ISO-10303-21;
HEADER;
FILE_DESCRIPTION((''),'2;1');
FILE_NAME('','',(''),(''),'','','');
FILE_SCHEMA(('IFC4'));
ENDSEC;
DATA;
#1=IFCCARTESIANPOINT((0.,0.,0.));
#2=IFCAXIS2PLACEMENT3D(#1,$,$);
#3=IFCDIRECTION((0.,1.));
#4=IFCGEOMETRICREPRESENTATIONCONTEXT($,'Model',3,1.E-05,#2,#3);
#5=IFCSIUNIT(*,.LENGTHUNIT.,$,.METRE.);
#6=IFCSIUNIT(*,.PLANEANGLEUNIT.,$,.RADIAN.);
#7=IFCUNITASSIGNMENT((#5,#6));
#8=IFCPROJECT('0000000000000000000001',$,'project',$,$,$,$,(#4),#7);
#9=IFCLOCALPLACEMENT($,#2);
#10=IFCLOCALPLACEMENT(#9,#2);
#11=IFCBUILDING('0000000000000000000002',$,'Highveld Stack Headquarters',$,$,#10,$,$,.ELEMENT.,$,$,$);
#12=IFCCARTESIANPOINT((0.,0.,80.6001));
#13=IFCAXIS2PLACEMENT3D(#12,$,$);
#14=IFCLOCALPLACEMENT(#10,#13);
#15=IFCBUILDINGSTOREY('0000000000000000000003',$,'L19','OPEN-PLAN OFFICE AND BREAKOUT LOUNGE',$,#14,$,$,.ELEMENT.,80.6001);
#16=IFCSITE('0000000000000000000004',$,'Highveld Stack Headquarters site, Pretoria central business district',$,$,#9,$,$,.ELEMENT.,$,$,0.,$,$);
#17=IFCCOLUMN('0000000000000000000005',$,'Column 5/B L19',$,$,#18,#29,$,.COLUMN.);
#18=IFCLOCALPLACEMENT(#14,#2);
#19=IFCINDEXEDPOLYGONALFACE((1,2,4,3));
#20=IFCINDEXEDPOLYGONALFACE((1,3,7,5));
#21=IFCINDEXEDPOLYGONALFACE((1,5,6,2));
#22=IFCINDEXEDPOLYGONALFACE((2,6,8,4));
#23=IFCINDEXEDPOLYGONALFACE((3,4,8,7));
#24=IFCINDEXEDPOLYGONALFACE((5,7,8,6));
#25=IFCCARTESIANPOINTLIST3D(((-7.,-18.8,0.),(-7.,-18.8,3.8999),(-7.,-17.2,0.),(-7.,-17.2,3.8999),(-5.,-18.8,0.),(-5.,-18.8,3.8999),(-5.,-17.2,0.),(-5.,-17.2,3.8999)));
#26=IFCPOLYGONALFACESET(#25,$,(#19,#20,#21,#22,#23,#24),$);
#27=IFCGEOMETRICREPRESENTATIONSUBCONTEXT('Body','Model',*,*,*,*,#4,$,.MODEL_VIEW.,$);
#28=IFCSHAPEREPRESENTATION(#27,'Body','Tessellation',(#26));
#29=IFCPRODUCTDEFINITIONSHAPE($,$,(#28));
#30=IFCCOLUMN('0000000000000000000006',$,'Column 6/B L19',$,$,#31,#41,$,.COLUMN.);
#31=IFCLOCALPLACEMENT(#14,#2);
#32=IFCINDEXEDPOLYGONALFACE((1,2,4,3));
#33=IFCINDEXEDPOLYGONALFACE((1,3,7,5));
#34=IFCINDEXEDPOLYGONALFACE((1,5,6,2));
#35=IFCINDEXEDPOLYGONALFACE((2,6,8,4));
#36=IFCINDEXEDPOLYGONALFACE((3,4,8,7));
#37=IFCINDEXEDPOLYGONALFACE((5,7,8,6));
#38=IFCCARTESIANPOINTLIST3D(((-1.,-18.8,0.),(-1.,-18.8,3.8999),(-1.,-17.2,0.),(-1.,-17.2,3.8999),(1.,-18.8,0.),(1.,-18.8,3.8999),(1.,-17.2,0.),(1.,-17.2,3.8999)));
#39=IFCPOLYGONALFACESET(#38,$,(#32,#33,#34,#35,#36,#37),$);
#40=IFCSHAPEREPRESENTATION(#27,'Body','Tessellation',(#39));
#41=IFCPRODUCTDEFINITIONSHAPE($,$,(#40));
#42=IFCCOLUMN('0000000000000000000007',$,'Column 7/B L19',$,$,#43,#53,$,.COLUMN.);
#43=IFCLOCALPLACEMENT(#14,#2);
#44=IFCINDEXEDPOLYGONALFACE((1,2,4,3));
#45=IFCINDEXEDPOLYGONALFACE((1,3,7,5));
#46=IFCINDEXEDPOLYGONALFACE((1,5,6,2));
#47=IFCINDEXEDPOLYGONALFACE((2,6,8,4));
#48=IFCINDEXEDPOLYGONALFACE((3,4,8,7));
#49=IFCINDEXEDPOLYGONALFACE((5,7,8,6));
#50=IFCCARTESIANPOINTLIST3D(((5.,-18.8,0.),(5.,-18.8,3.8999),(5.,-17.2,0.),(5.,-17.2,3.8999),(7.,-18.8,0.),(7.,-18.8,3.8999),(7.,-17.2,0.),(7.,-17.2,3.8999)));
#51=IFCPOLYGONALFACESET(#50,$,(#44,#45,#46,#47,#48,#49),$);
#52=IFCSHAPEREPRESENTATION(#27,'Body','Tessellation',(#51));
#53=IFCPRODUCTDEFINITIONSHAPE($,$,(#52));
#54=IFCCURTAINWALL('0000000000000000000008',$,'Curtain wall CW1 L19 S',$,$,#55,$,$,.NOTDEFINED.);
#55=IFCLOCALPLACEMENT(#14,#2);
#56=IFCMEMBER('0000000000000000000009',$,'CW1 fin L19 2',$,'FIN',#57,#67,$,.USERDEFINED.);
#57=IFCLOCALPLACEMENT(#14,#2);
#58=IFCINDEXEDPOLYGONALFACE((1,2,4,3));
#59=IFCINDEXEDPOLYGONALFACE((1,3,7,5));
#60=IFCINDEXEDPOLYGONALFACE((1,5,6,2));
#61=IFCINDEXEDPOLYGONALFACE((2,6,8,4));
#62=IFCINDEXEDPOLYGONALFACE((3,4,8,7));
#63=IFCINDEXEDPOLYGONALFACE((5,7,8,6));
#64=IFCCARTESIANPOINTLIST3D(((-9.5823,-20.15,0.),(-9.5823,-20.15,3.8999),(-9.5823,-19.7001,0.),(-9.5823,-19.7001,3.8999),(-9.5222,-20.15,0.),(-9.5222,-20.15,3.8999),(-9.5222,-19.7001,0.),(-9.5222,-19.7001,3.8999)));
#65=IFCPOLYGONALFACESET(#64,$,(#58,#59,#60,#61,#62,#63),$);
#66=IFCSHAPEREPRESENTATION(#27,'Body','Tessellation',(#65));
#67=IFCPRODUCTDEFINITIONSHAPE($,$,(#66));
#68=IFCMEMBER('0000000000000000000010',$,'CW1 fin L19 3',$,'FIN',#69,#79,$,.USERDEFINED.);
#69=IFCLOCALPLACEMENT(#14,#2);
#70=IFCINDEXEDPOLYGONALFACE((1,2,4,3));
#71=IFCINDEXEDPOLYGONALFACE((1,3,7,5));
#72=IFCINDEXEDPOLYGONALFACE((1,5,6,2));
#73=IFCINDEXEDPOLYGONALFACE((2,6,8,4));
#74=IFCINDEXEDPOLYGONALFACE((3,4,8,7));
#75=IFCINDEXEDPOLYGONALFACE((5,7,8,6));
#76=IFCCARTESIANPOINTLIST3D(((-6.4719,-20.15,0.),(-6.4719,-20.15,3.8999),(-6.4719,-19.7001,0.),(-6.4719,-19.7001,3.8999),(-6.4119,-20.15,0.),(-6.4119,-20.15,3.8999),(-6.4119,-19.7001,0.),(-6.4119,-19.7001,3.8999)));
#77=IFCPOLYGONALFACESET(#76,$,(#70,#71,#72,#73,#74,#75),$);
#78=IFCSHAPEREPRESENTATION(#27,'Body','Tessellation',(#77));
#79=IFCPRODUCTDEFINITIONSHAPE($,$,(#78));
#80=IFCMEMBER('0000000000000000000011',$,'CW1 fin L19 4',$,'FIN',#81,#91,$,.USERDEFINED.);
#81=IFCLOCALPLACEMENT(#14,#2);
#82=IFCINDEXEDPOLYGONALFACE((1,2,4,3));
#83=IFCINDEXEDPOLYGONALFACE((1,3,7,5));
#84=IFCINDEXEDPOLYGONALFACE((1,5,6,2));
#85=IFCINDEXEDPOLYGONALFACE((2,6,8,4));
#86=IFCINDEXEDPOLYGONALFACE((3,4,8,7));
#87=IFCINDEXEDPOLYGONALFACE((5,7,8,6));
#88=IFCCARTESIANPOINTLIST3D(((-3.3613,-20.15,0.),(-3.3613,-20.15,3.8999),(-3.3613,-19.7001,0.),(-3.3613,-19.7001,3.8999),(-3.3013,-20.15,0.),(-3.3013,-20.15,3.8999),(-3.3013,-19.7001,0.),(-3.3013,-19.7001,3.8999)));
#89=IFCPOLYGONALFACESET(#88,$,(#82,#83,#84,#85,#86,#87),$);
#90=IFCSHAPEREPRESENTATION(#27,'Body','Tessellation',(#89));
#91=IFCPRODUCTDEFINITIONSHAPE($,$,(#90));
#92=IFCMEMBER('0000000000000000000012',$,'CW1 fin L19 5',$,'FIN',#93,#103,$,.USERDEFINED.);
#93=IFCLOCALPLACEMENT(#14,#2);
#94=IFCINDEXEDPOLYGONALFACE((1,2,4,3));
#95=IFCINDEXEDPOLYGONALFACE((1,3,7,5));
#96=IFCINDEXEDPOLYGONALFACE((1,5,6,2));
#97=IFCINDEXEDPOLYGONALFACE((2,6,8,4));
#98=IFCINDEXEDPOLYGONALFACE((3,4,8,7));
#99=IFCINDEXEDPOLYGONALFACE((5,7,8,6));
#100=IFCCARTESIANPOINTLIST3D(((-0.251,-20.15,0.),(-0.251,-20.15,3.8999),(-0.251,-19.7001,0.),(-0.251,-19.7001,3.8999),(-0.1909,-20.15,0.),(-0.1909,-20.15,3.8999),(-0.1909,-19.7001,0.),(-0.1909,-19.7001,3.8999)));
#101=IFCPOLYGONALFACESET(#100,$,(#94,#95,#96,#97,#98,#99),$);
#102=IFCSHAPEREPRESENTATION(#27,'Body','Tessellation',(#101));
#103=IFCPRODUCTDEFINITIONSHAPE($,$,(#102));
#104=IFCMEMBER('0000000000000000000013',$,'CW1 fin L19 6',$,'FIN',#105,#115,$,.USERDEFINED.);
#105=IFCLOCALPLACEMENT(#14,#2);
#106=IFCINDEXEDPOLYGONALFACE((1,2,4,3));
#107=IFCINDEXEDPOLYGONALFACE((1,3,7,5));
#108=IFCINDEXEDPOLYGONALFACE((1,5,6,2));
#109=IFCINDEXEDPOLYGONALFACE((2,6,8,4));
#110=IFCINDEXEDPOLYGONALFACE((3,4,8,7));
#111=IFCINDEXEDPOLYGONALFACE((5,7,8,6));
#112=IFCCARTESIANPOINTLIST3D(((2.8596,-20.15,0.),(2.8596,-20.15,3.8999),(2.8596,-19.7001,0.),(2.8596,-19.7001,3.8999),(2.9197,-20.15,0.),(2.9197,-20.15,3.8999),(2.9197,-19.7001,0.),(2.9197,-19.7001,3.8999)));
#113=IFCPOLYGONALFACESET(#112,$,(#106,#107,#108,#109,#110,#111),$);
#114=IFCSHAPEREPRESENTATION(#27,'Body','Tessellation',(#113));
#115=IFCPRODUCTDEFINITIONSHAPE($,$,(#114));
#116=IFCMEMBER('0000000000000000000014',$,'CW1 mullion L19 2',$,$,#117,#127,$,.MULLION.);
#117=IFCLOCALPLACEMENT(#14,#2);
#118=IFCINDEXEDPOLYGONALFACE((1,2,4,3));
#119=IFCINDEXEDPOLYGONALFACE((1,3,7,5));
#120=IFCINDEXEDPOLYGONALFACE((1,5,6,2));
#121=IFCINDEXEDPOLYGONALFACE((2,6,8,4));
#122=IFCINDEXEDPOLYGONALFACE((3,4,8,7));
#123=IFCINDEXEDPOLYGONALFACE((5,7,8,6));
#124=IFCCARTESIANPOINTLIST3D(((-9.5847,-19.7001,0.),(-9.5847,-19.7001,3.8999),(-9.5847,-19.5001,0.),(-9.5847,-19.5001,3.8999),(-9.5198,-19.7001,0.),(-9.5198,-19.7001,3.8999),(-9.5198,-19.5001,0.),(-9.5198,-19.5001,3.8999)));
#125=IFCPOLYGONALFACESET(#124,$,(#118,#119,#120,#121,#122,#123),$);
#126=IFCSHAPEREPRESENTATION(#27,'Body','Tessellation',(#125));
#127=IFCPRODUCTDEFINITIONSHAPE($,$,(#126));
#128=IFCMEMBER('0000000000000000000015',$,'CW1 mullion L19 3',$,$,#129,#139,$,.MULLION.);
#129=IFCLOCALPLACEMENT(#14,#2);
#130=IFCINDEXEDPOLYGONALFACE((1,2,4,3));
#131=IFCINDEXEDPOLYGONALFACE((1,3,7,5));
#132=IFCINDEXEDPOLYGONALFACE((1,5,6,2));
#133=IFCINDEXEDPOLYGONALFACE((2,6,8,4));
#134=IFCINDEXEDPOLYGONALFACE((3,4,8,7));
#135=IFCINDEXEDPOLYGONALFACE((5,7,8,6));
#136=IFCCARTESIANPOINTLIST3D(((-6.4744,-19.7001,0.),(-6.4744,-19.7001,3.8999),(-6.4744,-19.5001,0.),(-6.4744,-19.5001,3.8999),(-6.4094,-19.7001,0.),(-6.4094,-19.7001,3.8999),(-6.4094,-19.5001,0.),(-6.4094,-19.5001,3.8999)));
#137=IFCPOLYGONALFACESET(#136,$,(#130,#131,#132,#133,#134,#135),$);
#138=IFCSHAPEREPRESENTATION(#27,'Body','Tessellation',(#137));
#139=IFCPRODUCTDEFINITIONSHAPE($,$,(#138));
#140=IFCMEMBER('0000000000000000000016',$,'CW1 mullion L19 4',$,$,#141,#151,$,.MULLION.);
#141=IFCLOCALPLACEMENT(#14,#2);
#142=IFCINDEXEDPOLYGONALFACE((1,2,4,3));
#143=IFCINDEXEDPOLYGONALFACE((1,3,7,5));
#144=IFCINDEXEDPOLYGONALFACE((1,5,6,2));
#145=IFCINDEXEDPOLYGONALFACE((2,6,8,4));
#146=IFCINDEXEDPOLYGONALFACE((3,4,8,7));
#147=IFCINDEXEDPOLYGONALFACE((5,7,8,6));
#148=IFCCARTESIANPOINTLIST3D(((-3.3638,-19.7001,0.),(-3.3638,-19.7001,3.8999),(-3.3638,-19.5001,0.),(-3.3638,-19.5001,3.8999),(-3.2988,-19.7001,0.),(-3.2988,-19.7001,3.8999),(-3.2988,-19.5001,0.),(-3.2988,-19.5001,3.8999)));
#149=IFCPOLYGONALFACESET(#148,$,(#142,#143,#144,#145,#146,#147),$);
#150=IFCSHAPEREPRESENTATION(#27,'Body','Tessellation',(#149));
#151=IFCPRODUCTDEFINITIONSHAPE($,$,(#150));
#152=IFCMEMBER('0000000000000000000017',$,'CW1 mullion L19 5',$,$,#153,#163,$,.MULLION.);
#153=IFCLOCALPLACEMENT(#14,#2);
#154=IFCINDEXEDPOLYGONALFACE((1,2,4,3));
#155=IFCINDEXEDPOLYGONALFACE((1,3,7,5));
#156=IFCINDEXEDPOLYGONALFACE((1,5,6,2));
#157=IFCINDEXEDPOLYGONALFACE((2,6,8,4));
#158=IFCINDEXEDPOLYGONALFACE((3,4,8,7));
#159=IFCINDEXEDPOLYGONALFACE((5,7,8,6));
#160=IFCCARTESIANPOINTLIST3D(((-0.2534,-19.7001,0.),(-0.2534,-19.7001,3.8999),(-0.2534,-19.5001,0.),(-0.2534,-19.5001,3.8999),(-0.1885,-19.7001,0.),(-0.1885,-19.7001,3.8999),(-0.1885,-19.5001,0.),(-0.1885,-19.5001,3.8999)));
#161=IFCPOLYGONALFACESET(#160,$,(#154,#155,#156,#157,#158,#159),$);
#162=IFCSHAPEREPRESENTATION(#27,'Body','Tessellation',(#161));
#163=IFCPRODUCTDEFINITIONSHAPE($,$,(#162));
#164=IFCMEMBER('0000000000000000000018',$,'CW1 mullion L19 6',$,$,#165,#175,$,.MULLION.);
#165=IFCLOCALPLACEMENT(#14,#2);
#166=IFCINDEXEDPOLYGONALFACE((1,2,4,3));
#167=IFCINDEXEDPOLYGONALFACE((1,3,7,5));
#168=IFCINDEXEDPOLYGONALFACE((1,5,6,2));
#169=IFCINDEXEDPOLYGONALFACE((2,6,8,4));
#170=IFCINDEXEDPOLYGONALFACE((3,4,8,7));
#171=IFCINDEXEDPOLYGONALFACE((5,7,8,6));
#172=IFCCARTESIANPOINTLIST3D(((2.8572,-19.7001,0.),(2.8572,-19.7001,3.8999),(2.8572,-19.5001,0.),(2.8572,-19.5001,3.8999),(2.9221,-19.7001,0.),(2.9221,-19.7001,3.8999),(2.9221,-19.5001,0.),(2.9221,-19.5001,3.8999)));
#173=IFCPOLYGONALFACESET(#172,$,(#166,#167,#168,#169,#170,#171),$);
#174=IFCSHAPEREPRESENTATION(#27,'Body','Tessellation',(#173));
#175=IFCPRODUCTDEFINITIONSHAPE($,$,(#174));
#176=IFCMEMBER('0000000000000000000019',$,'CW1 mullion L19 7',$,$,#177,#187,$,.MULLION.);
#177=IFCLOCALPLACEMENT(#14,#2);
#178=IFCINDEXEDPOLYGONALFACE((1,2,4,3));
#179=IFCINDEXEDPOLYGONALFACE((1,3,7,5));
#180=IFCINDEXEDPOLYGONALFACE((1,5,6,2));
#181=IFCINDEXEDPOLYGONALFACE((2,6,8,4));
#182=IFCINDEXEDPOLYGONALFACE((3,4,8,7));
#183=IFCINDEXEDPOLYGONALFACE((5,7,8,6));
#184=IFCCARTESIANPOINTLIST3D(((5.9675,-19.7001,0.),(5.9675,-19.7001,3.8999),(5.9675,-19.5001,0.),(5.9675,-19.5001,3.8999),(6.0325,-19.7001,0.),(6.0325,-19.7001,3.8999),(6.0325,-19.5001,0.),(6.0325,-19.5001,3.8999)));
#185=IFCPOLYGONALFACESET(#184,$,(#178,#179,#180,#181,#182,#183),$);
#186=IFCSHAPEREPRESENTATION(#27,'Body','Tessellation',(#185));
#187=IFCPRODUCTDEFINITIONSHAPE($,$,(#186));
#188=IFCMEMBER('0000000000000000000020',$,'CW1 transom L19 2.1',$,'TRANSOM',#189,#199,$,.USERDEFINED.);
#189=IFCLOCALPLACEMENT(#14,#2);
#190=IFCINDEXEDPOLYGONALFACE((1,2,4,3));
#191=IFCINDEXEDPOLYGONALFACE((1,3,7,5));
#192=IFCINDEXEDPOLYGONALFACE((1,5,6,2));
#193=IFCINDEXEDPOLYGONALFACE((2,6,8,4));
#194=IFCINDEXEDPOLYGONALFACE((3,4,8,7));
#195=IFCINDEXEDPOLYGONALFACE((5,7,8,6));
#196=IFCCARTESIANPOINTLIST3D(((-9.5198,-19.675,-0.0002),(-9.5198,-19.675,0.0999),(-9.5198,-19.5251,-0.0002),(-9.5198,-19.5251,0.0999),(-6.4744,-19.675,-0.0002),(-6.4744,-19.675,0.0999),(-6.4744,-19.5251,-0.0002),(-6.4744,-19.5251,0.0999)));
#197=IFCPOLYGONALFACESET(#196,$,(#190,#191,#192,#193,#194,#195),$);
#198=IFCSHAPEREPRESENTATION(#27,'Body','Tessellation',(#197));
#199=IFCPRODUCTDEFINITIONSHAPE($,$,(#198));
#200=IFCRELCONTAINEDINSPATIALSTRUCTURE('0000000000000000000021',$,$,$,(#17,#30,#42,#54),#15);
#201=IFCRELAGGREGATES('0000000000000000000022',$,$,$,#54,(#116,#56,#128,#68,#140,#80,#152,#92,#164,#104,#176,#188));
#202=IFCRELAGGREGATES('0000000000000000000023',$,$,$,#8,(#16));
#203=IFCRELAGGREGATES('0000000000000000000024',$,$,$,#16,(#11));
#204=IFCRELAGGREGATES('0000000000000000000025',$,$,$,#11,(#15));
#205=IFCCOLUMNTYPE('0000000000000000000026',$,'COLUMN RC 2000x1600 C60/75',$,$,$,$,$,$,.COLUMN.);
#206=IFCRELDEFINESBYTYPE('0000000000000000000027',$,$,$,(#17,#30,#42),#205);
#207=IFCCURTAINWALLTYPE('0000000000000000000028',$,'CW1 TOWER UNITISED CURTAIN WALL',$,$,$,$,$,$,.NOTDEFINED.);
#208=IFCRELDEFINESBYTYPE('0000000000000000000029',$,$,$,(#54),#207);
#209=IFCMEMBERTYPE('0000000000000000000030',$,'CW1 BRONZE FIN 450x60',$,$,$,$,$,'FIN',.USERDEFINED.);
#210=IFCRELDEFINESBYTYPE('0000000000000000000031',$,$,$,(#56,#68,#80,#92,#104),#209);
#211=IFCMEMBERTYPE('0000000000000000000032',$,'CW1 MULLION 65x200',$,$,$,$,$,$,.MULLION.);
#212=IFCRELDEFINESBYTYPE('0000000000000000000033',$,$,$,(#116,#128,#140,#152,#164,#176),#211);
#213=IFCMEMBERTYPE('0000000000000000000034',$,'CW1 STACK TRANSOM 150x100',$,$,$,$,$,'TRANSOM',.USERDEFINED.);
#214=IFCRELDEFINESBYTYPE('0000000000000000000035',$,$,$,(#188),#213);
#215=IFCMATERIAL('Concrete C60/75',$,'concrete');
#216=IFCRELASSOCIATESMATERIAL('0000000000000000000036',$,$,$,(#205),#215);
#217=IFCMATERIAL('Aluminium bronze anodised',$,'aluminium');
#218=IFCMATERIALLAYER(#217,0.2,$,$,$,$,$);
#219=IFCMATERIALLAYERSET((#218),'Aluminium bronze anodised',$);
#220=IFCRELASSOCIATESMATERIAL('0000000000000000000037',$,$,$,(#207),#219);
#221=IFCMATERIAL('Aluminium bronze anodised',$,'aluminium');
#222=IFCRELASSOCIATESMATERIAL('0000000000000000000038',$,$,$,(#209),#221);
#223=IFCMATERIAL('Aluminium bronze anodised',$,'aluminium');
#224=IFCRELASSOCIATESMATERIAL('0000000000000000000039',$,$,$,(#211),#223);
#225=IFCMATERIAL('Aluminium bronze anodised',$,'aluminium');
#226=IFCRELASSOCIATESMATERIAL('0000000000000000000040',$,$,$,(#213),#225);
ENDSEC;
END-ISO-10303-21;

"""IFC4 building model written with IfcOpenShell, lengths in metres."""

from ifc_helpers import new_model, si_unit, direction, frame, origin, origin_2d, place, context, subcontext, project, spatial, rectangle, extrude, material, layer, layer_set, material_profile, profile_set, type_object, element, aggregate, save


model = new_model("IFC4")

# Units and contexts
model_context = context("Model", 3, precision=1e-05, world=origin(), true_north=direction((0.0, 1.0)))
body_context = subcontext(model_context, "Body", "Model", "MODEL_VIEW")
ifc_project = project(units=[si_unit("LENGTHUNIT", "METRE"), si_unit("PLANEANGLEUNIT", "RADIAN")], contexts=[model_context])

# Site, building, storey
site_placement = place(None, origin())
site = spatial("IfcSite", under=ifc_project, at=site_placement, Name="Highveld Stack Headquarters site, Pretoria central business district", CompositionType="ELEMENT", RefElevation=0.0)
building_placement = place(site_placement, origin())
building = spatial("IfcBuilding", under=site, at=building_placement, Name="Highveld Stack Headquarters", CompositionType="ELEMENT")
storey_placement = place(building_placement, frame((0.0, 0.0, 80.6001)))
storey = spatial("IfcBuildingStorey", under=building, at=storey_placement, Name="L19", Description="OPEN-PLAN OFFICE AND BREAKOUT LOUNGE", CompositionType="ELEMENT", Elevation=80.6001)

# Columns
ifc_material_1 = material(Name="Concrete C60/75", Category="concrete")
ifc_material_profile_1 = material_profile(ifc_material_1, rectangle(XDim=2.0, YDim=1.6001, at=origin_2d()), Name="RC 2000x1600")
ifc_profile_set_1 = profile_set([ifc_material_profile_1], Name="Concrete C60/75")
column_type = type_object("IfcColumnType", Name="COLUMN RC 2000x1600 C60/75", PredefinedType="COLUMN", material=ifc_profile_set_1)
for number, where, z_axis, x_axis, name in (
    (1, (-6.0, -18.0, 0.0), (0.0, 0.0, 1.0), (1.0, 0.0, 0.0), "Column 5/B L19"),
    (2, (0.0, -18.0, 0.0), (0.0, 0.0, 1.0), (1.0, 0.0, 0.0), "Column 6/B L19"),
    (3, (6.0, -18.0, 0.0), (0.0, 0.0, 1.0), (1.0, 0.0, 0.0), "Column 7/B L19"),
):
    element("IfcColumn", number, at=place(storey_placement, frame(where, z_axis=z_axis, x_axis=x_axis)), inside=storey, type_object=column_type, Name=name, PredefinedType="COLUMN", context=body_context, shape_type="SweptSolid", body=[
        extrude(rectangle(XDim=2.0, YDim=1.6001, at=origin_2d()), origin(), (0.0, 0.0, 1.0), 3.8999),
    ])

# Curtain wall, members
ifc_material_2 = material(Name="Aluminium bronze anodised", Category="aluminium")
ifc_layer_1 = layer(ifc_material_2, 0.2)
ifc_layer_set_1 = layer_set([ifc_layer_1], Name="Aluminium bronze anodised")
curtain_wall_type = type_object("IfcCurtainWallType", Name="CW1 TOWER UNITISED CURTAIN WALL", PredefinedType="NOTDEFINED", material=ifc_layer_set_1)
curtain_wall_placement = place(storey_placement, origin())
curtain_wall = element("IfcCurtainWall", 4, at=curtain_wall_placement, inside=storey, type_object=curtain_wall_type, Name="Curtain wall CW1 L19 S", PredefinedType="NOTDEFINED")
ifc_material_3 = material(Name="Aluminium bronze anodised", Category="aluminium")
ifc_material_profile_2 = material_profile(ifc_material_3, rectangle(XDim=0.45, YDim=0.0601, at=origin_2d()), Name="FIN 450x60")
ifc_profile_set_2 = profile_set([ifc_material_profile_2], Name="Aluminium bronze anodised")
member_type_1 = type_object("IfcMemberType", Name="CW1 BRONZE FIN 450x60", ElementType="FIN", PredefinedType="USERDEFINED", material=ifc_profile_set_2)
member_1_placement = place(storey_placement, frame((-9.5522, -19.925, 0.0), z_axis=(0.0, 0.0, 1.0), x_axis=(0.0, 1.0, 0.0)))
member_1 = element("IfcMember", 5, at=member_1_placement, type_object=member_type_1, Name="CW1 fin L19 2", ObjectType="FIN", PredefinedType="USERDEFINED", context=body_context, shape_type="SweptSolid", body=[
    extrude(rectangle(XDim=0.45, YDim=0.0601, at=origin_2d()), origin(), (0.0, 0.0, 1.0), 3.8999),
])
member_2_placement = place(storey_placement, frame((-6.4419, -19.925, 0.0), z_axis=(0.0, 0.0, 1.0), x_axis=(0.0, 1.0, 0.0)))
member_2 = element("IfcMember", 6, at=member_2_placement, type_object=member_type_1, Name="CW1 fin L19 3", ObjectType="FIN", PredefinedType="USERDEFINED", context=body_context, shape_type="SweptSolid", body=[
    extrude(rectangle(XDim=0.45, YDim=0.0601, at=origin_2d()), origin(), (0.0, 0.0, 1.0), 3.8999),
])
member_3_placement = place(storey_placement, frame((-3.3313, -19.925, 0.0), z_axis=(0.0, 0.0, 1.0), x_axis=(0.0, 1.0, 0.0)))
member_3 = element("IfcMember", 7, at=member_3_placement, type_object=member_type_1, Name="CW1 fin L19 4", ObjectType="FIN", PredefinedType="USERDEFINED", context=body_context, shape_type="SweptSolid", body=[
    extrude(rectangle(XDim=0.45, YDim=0.0601, at=origin_2d()), origin(), (0.0, 0.0, 1.0), 3.8999),
])
member_4_placement = place(storey_placement, frame((-0.2209, -19.925, 0.0), z_axis=(0.0, 0.0, 1.0), x_axis=(0.0, 1.0, 0.0)))
member_4 = element("IfcMember", 8, at=member_4_placement, type_object=member_type_1, Name="CW1 fin L19 5", ObjectType="FIN", PredefinedType="USERDEFINED", context=body_context, shape_type="SweptSolid", body=[
    extrude(rectangle(XDim=0.45, YDim=0.0601, at=origin_2d()), origin(), (0.0, 0.0, 1.0), 3.8999),
])
member_5_placement = place(storey_placement, frame((2.8896, -19.925, 0.0), z_axis=(0.0, 0.0, 1.0), x_axis=(0.0, 1.0, 0.0)))
member_5 = element("IfcMember", 9, at=member_5_placement, type_object=member_type_1, Name="CW1 fin L19 6", ObjectType="FIN", PredefinedType="USERDEFINED", context=body_context, shape_type="SweptSolid", body=[
    extrude(rectangle(XDim=0.45, YDim=0.0601, at=origin_2d()), origin(), (0.0, 0.0, 1.0), 3.8999),
])
ifc_material_4 = material(Name="Aluminium bronze anodised", Category="aluminium")
ifc_material_profile_3 = material_profile(ifc_material_4, rectangle(XDim=0.2, YDim=0.0649, at=origin_2d()), Name="CW1 MULLION 65x200")
ifc_profile_set_3 = profile_set([ifc_material_profile_3], Name="Aluminium bronze anodised")
member_type_2 = type_object("IfcMemberType", Name="CW1 MULLION 65x200", PredefinedType="MULLION", material=ifc_profile_set_3)
member_6_placement = place(storey_placement, frame((-9.5522, -19.6001, 0.0), z_axis=(0.0, 0.0, 1.0), x_axis=(0.0, 1.0, 0.0)))
member_6 = element("IfcMember", 10, at=member_6_placement, type_object=member_type_2, Name="CW1 mullion L19 2", PredefinedType="MULLION", context=body_context, shape_type="SweptSolid", body=[
    extrude(rectangle(XDim=0.2, YDim=0.0649, at=origin_2d()), origin(), (0.0, 0.0, 1.0), 3.8999),
])
member_7_placement = place(storey_placement, frame((-6.4419, -19.6001, 0.0), z_axis=(0.0, 0.0, 1.0), x_axis=(0.0, 1.0, 0.0)))
member_7 = element("IfcMember", 11, at=member_7_placement, type_object=member_type_2, Name="CW1 mullion L19 3", PredefinedType="MULLION", context=body_context, shape_type="SweptSolid", body=[
    extrude(rectangle(XDim=0.2, YDim=0.0649, at=origin_2d()), origin(), (0.0, 0.0, 1.0), 3.8999),
])
member_8_placement = place(storey_placement, frame((-3.3313, -19.6001, 0.0), z_axis=(0.0, 0.0, 1.0), x_axis=(0.0, 1.0, 0.0)))
member_8 = element("IfcMember", 12, at=member_8_placement, type_object=member_type_2, Name="CW1 mullion L19 4", PredefinedType="MULLION", context=body_context, shape_type="SweptSolid", body=[
    extrude(rectangle(XDim=0.2, YDim=0.0649, at=origin_2d()), origin(), (0.0, 0.0, 1.0), 3.8999),
])
member_9_placement = place(storey_placement, frame((-0.2209, -19.6001, 0.0), z_axis=(0.0, 0.0, 1.0), x_axis=(0.0, 1.0, 0.0)))
member_9 = element("IfcMember", 13, at=member_9_placement, type_object=member_type_2, Name="CW1 mullion L19 5", PredefinedType="MULLION", context=body_context, shape_type="SweptSolid", body=[
    extrude(rectangle(XDim=0.2, YDim=0.0649, at=origin_2d()), origin(), (0.0, 0.0, 1.0), 3.8999),
])
member_10_placement = place(storey_placement, frame((2.8896, -19.6001, 0.0), z_axis=(0.0, 0.0, 1.0), x_axis=(0.0, 1.0, 0.0)))
member_10 = element("IfcMember", 14, at=member_10_placement, type_object=member_type_2, Name="CW1 mullion L19 6", PredefinedType="MULLION", context=body_context, shape_type="SweptSolid", body=[
    extrude(rectangle(XDim=0.2, YDim=0.0649, at=origin_2d()), origin(), (0.0, 0.0, 1.0), 3.8999),
])
member_11_placement = place(storey_placement, frame((6.0, -19.6001, 0.0), z_axis=(0.0, 0.0, 1.0), x_axis=(0.0, 1.0, 0.0)))
member_11 = element("IfcMember", 15, at=member_11_placement, type_object=member_type_2, Name="CW1 mullion L19 7", PredefinedType="MULLION", context=body_context, shape_type="SweptSolid", body=[
    extrude(rectangle(XDim=0.2, YDim=0.0649, at=origin_2d()), origin(), (0.0, 0.0, 1.0), 3.8999),
])
ifc_material_5 = material(Name="Aluminium bronze anodised", Category="aluminium")
ifc_material_profile_4 = material_profile(ifc_material_5, rectangle(XDim=0.1499, YDim=0.1001, at=origin_2d()), Name="CW1 TRANSOM 150x100")
ifc_profile_set_4 = profile_set([ifc_material_profile_4], Name="Aluminium bronze anodised")
member_type_3 = type_object("IfcMemberType", Name="CW1 STACK TRANSOM 150x100", ElementType="TRANSOM", PredefinedType="USERDEFINED", material=ifc_profile_set_4)
member_12_placement = place(storey_placement, frame((-9.5198, -19.6001, 0.0498), z_axis=(1.0, 0.0, 0.0), x_axis=(0.0, 1.0, 0.0)))
member_12 = element("IfcMember", 16, at=member_12_placement, type_object=member_type_3, Name="CW1 transom L19 2.1", ObjectType="TRANSOM", PredefinedType="USERDEFINED", context=body_context, shape_type="SweptSolid", body=[
    extrude(rectangle(XDim=0.1499, YDim=0.1001, at=origin_2d()), origin(), (0.0, 0.0, 1.0), 3.0454),
])
aggregate(curtain_wall, [member_6, member_1, member_7, member_2, member_8, member_3, member_9, member_4, member_10, member_5, member_11, member_12])

save(model, "model.ifc")
